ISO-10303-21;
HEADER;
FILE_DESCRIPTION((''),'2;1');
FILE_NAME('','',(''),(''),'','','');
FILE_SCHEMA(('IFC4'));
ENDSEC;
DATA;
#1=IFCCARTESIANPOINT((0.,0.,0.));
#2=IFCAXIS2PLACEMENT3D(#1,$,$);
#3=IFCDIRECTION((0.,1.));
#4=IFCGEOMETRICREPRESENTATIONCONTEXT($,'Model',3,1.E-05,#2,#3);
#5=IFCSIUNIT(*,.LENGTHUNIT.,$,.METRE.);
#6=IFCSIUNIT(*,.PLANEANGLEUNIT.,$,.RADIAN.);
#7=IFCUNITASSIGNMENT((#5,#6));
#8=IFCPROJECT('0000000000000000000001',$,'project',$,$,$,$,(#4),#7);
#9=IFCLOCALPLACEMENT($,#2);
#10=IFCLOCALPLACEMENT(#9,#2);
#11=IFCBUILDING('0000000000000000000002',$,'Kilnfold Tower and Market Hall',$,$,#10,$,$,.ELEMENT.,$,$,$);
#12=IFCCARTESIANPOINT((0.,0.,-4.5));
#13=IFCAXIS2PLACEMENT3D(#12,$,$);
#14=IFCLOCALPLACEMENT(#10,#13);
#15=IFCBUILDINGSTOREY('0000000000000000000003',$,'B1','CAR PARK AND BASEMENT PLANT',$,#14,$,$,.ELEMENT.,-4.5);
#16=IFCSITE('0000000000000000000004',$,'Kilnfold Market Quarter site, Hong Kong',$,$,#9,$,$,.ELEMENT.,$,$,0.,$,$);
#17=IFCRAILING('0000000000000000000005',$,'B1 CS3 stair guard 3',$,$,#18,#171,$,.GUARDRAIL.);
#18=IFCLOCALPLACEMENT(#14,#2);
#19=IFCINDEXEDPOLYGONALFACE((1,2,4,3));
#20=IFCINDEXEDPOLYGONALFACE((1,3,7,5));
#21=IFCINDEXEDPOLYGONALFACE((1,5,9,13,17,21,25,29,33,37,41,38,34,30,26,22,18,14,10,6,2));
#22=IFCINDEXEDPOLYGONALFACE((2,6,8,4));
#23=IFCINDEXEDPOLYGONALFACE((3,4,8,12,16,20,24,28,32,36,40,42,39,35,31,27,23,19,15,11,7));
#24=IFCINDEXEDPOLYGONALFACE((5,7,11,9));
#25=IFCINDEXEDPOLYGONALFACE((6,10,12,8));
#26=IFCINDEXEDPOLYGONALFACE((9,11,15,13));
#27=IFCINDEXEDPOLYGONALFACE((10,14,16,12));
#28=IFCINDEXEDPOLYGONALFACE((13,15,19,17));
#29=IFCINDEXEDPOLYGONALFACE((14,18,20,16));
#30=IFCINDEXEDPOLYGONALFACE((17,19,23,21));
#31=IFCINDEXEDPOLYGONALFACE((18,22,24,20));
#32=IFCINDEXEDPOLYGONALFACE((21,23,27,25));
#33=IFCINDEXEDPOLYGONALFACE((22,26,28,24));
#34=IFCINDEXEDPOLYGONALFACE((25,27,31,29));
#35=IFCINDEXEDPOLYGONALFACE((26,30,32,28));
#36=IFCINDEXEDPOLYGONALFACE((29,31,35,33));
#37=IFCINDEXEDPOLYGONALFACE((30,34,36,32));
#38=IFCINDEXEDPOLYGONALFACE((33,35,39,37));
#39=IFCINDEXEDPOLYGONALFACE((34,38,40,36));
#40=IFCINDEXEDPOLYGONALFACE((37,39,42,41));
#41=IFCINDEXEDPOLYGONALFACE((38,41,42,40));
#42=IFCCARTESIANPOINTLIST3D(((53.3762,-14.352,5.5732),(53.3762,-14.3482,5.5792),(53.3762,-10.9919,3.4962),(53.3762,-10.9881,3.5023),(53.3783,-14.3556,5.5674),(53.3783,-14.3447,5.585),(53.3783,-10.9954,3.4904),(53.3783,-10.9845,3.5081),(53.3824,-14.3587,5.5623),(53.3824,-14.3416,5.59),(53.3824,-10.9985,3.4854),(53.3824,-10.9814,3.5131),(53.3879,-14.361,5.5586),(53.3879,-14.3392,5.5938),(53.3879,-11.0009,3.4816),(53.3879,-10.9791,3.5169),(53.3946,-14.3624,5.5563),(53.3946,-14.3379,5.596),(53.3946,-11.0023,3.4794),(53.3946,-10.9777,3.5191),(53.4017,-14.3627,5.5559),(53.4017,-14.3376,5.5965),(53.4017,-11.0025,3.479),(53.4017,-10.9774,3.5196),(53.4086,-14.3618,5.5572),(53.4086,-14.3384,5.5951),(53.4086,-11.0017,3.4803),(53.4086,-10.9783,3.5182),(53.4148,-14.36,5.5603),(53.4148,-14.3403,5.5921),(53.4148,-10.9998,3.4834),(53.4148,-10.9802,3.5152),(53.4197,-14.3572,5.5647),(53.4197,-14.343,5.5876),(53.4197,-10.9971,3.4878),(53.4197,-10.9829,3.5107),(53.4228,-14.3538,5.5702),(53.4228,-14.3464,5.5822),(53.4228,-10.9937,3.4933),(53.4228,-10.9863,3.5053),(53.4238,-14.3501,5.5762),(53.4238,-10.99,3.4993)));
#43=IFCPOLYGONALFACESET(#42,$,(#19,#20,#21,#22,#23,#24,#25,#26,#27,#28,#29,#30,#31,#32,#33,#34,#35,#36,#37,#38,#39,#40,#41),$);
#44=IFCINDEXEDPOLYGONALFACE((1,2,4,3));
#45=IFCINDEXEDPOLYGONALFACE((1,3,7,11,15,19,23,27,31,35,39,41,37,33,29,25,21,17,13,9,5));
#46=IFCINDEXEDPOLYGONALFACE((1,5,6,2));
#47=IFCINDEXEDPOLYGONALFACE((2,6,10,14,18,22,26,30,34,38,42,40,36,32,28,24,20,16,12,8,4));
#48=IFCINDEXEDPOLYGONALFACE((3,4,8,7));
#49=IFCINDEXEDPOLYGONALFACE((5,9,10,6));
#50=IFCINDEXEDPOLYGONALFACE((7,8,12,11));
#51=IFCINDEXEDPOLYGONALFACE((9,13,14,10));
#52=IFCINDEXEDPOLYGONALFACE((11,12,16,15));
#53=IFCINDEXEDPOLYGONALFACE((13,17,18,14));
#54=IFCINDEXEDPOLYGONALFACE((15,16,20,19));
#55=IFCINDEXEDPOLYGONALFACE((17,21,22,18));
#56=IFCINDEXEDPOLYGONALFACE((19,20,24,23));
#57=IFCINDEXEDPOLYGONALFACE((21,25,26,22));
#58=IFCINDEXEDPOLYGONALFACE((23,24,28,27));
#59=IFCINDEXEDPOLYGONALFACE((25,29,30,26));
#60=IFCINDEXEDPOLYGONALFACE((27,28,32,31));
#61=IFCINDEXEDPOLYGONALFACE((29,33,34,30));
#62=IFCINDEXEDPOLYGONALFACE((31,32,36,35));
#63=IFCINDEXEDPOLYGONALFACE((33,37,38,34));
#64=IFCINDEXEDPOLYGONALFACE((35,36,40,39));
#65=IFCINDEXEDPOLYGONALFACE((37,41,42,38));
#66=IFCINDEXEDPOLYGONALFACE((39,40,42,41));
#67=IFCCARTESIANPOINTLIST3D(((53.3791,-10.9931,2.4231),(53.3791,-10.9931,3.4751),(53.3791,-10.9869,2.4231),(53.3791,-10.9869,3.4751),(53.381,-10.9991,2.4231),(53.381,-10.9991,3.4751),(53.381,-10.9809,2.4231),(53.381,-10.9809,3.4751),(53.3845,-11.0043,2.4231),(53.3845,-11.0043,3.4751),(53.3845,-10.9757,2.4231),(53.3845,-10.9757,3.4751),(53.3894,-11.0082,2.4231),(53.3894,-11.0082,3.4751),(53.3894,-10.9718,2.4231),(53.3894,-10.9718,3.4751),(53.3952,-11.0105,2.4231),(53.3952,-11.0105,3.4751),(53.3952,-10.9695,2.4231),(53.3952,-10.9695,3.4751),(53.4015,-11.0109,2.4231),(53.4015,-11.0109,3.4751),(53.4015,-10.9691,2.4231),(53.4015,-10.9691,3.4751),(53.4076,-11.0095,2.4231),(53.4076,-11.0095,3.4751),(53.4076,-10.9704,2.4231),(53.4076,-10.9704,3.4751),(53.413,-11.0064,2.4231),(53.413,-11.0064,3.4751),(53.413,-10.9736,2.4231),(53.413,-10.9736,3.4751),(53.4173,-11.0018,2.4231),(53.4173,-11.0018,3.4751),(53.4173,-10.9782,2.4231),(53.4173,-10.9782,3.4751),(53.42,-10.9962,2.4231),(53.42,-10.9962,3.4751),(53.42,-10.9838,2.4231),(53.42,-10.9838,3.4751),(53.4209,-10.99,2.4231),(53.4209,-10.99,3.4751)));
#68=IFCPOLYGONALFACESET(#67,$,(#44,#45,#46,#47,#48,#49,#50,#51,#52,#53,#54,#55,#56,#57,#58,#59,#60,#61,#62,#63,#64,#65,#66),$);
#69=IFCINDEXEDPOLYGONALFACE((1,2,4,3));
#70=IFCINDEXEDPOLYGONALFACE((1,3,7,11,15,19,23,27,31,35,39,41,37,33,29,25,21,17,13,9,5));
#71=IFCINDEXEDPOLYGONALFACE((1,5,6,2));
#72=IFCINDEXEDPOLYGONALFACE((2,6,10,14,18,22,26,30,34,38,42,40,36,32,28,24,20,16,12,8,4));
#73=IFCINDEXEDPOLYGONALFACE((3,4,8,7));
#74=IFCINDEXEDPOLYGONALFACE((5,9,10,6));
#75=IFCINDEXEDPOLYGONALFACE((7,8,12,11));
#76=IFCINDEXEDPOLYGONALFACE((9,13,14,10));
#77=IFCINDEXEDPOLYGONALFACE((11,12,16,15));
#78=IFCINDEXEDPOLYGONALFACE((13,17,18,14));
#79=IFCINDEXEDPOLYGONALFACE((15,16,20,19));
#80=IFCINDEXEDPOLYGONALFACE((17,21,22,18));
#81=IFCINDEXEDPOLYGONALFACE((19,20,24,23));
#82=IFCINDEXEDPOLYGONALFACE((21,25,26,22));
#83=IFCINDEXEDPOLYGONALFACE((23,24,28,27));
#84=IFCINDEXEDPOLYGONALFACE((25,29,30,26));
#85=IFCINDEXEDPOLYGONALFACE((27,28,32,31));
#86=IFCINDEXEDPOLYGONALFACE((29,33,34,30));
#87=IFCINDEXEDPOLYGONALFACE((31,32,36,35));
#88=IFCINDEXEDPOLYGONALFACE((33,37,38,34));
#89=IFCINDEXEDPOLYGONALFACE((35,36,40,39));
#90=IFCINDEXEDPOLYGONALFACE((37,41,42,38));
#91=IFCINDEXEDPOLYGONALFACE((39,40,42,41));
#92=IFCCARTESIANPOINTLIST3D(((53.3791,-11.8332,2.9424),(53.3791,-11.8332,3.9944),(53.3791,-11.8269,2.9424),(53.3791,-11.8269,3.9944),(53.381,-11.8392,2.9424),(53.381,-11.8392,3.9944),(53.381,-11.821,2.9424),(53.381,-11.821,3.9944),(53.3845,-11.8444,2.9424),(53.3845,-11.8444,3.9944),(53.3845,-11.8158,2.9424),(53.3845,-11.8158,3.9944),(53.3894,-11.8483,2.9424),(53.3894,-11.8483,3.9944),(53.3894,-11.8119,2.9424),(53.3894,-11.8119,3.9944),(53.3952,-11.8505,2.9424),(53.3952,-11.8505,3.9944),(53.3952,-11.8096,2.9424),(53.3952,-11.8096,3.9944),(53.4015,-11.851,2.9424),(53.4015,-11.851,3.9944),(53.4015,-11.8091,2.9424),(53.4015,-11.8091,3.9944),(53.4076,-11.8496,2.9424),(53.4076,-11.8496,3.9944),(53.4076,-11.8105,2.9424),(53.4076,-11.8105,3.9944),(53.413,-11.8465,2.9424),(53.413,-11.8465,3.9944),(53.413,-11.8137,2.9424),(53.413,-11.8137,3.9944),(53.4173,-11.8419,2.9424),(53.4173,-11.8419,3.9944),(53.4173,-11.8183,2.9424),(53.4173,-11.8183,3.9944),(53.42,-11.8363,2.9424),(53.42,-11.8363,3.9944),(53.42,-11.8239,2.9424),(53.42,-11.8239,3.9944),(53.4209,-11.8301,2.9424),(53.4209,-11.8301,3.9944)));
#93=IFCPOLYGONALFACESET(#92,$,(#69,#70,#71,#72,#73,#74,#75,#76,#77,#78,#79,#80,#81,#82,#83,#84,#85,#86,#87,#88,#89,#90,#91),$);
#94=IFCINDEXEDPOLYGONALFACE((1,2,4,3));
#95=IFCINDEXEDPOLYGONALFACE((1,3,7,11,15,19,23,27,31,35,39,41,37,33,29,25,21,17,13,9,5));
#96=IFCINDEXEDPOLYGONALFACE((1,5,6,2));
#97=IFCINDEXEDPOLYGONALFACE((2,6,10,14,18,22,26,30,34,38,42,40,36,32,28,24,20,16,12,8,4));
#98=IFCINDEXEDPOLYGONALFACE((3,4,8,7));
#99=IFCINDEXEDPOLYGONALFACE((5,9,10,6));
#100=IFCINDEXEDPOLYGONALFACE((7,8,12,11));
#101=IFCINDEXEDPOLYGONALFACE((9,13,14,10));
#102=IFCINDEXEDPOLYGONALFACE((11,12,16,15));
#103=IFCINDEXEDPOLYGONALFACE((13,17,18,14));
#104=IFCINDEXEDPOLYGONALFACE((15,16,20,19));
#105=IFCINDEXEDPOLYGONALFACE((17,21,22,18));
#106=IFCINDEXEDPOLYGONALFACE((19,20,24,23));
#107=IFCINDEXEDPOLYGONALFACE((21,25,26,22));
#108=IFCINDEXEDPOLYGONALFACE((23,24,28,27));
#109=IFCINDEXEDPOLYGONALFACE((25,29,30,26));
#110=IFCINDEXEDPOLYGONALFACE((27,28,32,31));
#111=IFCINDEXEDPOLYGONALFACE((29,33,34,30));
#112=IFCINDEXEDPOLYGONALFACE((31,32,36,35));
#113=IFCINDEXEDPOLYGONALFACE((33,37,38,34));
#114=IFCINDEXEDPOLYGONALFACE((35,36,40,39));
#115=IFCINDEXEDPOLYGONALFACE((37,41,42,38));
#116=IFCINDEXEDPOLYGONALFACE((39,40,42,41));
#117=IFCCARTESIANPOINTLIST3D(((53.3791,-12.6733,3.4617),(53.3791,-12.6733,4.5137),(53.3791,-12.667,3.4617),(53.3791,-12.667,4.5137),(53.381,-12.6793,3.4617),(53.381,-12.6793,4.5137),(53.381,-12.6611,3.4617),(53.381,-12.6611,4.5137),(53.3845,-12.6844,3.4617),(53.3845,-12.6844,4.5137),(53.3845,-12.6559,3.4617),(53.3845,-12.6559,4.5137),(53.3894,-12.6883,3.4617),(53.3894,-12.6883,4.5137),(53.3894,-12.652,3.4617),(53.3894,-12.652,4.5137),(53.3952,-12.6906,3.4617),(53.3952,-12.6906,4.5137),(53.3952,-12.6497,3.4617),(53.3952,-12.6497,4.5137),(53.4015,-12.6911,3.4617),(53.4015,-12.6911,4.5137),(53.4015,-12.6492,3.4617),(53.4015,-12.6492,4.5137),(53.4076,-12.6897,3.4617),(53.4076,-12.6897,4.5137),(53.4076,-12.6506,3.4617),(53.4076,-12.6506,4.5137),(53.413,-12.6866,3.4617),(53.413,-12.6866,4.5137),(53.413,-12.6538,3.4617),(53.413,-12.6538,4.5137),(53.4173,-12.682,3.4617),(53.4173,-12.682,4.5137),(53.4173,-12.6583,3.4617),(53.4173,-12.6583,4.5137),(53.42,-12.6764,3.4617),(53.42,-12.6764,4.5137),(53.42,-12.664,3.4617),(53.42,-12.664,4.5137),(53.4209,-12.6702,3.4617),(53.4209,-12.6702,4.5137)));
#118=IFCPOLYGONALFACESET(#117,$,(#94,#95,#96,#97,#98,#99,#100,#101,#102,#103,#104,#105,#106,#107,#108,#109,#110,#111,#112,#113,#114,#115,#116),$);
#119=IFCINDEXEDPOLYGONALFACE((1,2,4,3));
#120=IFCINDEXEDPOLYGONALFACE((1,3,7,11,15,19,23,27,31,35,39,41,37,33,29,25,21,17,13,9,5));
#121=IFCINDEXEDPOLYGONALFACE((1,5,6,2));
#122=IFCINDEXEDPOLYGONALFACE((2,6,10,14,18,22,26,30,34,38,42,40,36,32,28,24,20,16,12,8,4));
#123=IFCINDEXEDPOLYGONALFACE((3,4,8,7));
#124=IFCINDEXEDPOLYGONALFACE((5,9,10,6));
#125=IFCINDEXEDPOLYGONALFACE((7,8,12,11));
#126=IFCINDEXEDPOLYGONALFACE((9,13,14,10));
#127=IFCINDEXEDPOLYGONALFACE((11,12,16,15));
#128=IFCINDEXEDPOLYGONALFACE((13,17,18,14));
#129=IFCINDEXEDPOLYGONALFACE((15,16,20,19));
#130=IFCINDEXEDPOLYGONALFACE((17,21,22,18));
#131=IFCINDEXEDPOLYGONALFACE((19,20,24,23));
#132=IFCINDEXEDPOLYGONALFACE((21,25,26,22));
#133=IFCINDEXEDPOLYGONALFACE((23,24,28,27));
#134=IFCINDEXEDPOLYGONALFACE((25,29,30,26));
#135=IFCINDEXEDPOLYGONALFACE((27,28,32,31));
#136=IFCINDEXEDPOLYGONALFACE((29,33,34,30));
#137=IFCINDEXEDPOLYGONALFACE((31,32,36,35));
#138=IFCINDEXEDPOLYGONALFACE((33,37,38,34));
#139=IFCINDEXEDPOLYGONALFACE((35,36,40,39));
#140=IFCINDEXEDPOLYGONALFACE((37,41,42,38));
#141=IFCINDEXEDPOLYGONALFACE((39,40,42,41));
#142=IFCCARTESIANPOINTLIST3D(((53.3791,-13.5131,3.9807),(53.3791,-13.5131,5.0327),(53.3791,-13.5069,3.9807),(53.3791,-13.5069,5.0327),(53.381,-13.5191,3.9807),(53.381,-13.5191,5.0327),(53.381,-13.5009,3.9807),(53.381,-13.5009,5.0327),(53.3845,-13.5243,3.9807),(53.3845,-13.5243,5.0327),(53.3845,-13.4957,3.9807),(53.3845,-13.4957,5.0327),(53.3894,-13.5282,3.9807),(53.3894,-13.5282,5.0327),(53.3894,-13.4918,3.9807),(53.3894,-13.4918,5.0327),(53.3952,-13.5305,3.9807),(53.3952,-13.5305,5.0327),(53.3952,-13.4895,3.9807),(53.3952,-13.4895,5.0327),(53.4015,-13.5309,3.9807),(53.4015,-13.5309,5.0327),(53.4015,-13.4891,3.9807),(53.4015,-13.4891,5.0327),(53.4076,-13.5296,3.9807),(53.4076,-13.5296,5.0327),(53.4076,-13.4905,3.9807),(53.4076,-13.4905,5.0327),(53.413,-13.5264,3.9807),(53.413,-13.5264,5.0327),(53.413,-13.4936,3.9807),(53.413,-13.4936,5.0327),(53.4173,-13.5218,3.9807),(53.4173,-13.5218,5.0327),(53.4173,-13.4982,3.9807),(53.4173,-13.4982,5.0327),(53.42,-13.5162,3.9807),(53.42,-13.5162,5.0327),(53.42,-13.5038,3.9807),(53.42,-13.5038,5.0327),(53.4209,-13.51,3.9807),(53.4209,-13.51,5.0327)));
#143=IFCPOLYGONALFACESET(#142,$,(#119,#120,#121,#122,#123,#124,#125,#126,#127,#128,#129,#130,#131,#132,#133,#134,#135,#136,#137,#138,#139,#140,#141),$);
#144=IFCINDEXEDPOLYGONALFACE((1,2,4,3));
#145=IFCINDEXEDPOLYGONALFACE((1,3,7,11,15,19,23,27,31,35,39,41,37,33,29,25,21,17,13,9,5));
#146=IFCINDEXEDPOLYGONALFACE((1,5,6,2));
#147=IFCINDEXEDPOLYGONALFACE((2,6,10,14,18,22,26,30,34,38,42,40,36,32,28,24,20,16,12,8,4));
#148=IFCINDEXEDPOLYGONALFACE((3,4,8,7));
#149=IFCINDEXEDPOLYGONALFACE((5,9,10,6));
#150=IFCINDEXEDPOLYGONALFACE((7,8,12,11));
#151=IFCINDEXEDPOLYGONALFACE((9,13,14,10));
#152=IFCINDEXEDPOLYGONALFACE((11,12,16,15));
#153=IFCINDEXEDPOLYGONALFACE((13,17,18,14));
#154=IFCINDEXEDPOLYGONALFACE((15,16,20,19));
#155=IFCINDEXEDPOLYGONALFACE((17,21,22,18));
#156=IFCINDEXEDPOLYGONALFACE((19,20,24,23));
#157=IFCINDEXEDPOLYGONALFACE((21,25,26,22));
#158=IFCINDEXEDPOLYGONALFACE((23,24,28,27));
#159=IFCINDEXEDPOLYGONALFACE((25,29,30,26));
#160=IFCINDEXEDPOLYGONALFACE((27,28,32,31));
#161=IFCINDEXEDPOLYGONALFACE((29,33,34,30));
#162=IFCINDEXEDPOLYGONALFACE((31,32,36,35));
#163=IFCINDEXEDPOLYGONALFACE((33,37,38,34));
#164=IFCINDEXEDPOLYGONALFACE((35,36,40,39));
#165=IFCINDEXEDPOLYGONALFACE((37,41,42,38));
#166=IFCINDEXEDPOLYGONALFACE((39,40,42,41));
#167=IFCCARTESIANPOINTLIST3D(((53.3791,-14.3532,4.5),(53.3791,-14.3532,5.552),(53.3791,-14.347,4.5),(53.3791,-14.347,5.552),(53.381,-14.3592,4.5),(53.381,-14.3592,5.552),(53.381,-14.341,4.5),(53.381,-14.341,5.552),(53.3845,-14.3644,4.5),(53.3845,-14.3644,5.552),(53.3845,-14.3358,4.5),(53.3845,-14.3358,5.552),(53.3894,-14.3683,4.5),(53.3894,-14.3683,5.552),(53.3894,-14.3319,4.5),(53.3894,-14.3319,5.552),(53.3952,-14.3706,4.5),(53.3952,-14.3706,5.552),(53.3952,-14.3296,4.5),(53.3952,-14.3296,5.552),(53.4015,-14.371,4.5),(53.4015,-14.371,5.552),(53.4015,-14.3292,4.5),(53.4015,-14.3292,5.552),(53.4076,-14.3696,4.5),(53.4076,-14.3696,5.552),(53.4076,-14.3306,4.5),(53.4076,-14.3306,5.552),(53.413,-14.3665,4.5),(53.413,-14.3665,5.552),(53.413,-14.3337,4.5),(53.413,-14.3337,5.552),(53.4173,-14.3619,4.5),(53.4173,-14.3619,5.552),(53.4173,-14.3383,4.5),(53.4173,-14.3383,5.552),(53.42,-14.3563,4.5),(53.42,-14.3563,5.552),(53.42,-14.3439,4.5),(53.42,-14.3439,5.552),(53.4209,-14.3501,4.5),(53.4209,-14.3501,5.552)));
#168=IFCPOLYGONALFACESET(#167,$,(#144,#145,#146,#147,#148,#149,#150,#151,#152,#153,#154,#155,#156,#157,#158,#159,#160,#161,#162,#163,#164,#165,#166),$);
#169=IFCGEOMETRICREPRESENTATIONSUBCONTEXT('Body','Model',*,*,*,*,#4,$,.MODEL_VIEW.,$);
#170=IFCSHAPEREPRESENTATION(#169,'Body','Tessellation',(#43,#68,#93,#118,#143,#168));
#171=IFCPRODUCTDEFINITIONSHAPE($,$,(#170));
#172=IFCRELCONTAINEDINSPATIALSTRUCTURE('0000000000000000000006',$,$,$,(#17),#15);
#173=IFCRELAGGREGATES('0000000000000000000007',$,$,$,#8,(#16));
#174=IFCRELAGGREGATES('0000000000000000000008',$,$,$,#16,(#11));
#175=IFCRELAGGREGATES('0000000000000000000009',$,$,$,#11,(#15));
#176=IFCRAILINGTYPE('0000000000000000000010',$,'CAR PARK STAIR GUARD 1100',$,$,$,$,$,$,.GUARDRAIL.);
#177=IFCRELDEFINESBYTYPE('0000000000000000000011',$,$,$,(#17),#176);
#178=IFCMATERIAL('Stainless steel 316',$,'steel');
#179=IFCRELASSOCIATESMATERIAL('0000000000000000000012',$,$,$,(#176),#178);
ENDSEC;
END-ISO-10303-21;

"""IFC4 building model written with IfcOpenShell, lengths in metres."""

from ifc_helpers import new_model, si_unit, direction, frame, origin, origin_2d, place, context, subcontext, project, spatial, circle, extrude, material, type_object, element, save


model = new_model("IFC4")

# Units and contexts
model_context = context("Model", 3, precision=1e-05, world=origin(), true_north=direction((0.0, 1.0)))
body_context = subcontext(model_context, "Body", "Model", "MODEL_VIEW")
ifc_project = project(units=[si_unit("LENGTHUNIT", "METRE"), si_unit("PLANEANGLEUNIT", "RADIAN")], contexts=[model_context])

# Site, building, storey
site_placement = place(None, origin())
site = spatial("IfcSite", under=ifc_project, at=site_placement, Name="Kilnfold Market Quarter site, Hong Kong", CompositionType="ELEMENT", RefElevation=0.0)
building_placement = place(site_placement, origin())
building = spatial("IfcBuilding", under=site, at=building_placement, Name="Kilnfold Tower and Market Hall", CompositionType="ELEMENT")
storey_placement = place(building_placement, frame((0.0, 0.0, -4.5)))
storey = spatial("IfcBuildingStorey", under=building, at=storey_placement, Name="B1", Description="CAR PARK AND BASEMENT PLANT", CompositionType="ELEMENT", Elevation=-4.5)

# Railing
ifc_material_1 = material(Name="Stainless steel 316", Category="steel")
railing_type_1 = type_object("IfcRailingType", Name="CAR PARK STAIR GUARD 1100", PredefinedType="GUARDRAIL", material=ifc_material_1)
railing_1_placement = place(storey_placement, frame((53.3999, -10.99, 2.4231)))
element("IfcRailing", 1, at=railing_1_placement, inside=storey, type_object=railing_type_1, Name="B1 CS3 stair guard 3", PredefinedType="GUARDRAIL", context=body_context, shape_type="SweptSolid", body=[
    extrude(circle(Radius=0.0239, at=origin_2d()), frame((0.0, 0.0, 1.0762), z_axis=(0.0, -0.850623, 0.525776), x_axis=(1.0, 0.0, 0.0)), (0.0, 0.0, 1.0), 3.9502),
    extrude(circle(Radius=0.021, at=origin_2d()), origin(), (0.0, 0.0, 1.0), 1.052),
    extrude(circle(Radius=0.021, at=origin_2d()), frame((0.0, -0.8401, 0.5193)), (0.0, 0.0, 1.0), 1.052),
    extrude(circle(Radius=0.021, at=origin_2d()), frame((0.0, -1.6802, 1.0386)), (0.0, 0.0, 1.0), 1.052),
    extrude(circle(Radius=0.021, at=origin_2d()), frame((0.0, -2.52, 1.5576)), (0.0, 0.0, 1.0), 1.052),
    extrude(circle(Radius=0.021, at=origin_2d()), frame((0.0, -3.3601, 2.0769)), (0.0, 0.0, 1.0), 1.052),
])

save(model, "model.ifc")
